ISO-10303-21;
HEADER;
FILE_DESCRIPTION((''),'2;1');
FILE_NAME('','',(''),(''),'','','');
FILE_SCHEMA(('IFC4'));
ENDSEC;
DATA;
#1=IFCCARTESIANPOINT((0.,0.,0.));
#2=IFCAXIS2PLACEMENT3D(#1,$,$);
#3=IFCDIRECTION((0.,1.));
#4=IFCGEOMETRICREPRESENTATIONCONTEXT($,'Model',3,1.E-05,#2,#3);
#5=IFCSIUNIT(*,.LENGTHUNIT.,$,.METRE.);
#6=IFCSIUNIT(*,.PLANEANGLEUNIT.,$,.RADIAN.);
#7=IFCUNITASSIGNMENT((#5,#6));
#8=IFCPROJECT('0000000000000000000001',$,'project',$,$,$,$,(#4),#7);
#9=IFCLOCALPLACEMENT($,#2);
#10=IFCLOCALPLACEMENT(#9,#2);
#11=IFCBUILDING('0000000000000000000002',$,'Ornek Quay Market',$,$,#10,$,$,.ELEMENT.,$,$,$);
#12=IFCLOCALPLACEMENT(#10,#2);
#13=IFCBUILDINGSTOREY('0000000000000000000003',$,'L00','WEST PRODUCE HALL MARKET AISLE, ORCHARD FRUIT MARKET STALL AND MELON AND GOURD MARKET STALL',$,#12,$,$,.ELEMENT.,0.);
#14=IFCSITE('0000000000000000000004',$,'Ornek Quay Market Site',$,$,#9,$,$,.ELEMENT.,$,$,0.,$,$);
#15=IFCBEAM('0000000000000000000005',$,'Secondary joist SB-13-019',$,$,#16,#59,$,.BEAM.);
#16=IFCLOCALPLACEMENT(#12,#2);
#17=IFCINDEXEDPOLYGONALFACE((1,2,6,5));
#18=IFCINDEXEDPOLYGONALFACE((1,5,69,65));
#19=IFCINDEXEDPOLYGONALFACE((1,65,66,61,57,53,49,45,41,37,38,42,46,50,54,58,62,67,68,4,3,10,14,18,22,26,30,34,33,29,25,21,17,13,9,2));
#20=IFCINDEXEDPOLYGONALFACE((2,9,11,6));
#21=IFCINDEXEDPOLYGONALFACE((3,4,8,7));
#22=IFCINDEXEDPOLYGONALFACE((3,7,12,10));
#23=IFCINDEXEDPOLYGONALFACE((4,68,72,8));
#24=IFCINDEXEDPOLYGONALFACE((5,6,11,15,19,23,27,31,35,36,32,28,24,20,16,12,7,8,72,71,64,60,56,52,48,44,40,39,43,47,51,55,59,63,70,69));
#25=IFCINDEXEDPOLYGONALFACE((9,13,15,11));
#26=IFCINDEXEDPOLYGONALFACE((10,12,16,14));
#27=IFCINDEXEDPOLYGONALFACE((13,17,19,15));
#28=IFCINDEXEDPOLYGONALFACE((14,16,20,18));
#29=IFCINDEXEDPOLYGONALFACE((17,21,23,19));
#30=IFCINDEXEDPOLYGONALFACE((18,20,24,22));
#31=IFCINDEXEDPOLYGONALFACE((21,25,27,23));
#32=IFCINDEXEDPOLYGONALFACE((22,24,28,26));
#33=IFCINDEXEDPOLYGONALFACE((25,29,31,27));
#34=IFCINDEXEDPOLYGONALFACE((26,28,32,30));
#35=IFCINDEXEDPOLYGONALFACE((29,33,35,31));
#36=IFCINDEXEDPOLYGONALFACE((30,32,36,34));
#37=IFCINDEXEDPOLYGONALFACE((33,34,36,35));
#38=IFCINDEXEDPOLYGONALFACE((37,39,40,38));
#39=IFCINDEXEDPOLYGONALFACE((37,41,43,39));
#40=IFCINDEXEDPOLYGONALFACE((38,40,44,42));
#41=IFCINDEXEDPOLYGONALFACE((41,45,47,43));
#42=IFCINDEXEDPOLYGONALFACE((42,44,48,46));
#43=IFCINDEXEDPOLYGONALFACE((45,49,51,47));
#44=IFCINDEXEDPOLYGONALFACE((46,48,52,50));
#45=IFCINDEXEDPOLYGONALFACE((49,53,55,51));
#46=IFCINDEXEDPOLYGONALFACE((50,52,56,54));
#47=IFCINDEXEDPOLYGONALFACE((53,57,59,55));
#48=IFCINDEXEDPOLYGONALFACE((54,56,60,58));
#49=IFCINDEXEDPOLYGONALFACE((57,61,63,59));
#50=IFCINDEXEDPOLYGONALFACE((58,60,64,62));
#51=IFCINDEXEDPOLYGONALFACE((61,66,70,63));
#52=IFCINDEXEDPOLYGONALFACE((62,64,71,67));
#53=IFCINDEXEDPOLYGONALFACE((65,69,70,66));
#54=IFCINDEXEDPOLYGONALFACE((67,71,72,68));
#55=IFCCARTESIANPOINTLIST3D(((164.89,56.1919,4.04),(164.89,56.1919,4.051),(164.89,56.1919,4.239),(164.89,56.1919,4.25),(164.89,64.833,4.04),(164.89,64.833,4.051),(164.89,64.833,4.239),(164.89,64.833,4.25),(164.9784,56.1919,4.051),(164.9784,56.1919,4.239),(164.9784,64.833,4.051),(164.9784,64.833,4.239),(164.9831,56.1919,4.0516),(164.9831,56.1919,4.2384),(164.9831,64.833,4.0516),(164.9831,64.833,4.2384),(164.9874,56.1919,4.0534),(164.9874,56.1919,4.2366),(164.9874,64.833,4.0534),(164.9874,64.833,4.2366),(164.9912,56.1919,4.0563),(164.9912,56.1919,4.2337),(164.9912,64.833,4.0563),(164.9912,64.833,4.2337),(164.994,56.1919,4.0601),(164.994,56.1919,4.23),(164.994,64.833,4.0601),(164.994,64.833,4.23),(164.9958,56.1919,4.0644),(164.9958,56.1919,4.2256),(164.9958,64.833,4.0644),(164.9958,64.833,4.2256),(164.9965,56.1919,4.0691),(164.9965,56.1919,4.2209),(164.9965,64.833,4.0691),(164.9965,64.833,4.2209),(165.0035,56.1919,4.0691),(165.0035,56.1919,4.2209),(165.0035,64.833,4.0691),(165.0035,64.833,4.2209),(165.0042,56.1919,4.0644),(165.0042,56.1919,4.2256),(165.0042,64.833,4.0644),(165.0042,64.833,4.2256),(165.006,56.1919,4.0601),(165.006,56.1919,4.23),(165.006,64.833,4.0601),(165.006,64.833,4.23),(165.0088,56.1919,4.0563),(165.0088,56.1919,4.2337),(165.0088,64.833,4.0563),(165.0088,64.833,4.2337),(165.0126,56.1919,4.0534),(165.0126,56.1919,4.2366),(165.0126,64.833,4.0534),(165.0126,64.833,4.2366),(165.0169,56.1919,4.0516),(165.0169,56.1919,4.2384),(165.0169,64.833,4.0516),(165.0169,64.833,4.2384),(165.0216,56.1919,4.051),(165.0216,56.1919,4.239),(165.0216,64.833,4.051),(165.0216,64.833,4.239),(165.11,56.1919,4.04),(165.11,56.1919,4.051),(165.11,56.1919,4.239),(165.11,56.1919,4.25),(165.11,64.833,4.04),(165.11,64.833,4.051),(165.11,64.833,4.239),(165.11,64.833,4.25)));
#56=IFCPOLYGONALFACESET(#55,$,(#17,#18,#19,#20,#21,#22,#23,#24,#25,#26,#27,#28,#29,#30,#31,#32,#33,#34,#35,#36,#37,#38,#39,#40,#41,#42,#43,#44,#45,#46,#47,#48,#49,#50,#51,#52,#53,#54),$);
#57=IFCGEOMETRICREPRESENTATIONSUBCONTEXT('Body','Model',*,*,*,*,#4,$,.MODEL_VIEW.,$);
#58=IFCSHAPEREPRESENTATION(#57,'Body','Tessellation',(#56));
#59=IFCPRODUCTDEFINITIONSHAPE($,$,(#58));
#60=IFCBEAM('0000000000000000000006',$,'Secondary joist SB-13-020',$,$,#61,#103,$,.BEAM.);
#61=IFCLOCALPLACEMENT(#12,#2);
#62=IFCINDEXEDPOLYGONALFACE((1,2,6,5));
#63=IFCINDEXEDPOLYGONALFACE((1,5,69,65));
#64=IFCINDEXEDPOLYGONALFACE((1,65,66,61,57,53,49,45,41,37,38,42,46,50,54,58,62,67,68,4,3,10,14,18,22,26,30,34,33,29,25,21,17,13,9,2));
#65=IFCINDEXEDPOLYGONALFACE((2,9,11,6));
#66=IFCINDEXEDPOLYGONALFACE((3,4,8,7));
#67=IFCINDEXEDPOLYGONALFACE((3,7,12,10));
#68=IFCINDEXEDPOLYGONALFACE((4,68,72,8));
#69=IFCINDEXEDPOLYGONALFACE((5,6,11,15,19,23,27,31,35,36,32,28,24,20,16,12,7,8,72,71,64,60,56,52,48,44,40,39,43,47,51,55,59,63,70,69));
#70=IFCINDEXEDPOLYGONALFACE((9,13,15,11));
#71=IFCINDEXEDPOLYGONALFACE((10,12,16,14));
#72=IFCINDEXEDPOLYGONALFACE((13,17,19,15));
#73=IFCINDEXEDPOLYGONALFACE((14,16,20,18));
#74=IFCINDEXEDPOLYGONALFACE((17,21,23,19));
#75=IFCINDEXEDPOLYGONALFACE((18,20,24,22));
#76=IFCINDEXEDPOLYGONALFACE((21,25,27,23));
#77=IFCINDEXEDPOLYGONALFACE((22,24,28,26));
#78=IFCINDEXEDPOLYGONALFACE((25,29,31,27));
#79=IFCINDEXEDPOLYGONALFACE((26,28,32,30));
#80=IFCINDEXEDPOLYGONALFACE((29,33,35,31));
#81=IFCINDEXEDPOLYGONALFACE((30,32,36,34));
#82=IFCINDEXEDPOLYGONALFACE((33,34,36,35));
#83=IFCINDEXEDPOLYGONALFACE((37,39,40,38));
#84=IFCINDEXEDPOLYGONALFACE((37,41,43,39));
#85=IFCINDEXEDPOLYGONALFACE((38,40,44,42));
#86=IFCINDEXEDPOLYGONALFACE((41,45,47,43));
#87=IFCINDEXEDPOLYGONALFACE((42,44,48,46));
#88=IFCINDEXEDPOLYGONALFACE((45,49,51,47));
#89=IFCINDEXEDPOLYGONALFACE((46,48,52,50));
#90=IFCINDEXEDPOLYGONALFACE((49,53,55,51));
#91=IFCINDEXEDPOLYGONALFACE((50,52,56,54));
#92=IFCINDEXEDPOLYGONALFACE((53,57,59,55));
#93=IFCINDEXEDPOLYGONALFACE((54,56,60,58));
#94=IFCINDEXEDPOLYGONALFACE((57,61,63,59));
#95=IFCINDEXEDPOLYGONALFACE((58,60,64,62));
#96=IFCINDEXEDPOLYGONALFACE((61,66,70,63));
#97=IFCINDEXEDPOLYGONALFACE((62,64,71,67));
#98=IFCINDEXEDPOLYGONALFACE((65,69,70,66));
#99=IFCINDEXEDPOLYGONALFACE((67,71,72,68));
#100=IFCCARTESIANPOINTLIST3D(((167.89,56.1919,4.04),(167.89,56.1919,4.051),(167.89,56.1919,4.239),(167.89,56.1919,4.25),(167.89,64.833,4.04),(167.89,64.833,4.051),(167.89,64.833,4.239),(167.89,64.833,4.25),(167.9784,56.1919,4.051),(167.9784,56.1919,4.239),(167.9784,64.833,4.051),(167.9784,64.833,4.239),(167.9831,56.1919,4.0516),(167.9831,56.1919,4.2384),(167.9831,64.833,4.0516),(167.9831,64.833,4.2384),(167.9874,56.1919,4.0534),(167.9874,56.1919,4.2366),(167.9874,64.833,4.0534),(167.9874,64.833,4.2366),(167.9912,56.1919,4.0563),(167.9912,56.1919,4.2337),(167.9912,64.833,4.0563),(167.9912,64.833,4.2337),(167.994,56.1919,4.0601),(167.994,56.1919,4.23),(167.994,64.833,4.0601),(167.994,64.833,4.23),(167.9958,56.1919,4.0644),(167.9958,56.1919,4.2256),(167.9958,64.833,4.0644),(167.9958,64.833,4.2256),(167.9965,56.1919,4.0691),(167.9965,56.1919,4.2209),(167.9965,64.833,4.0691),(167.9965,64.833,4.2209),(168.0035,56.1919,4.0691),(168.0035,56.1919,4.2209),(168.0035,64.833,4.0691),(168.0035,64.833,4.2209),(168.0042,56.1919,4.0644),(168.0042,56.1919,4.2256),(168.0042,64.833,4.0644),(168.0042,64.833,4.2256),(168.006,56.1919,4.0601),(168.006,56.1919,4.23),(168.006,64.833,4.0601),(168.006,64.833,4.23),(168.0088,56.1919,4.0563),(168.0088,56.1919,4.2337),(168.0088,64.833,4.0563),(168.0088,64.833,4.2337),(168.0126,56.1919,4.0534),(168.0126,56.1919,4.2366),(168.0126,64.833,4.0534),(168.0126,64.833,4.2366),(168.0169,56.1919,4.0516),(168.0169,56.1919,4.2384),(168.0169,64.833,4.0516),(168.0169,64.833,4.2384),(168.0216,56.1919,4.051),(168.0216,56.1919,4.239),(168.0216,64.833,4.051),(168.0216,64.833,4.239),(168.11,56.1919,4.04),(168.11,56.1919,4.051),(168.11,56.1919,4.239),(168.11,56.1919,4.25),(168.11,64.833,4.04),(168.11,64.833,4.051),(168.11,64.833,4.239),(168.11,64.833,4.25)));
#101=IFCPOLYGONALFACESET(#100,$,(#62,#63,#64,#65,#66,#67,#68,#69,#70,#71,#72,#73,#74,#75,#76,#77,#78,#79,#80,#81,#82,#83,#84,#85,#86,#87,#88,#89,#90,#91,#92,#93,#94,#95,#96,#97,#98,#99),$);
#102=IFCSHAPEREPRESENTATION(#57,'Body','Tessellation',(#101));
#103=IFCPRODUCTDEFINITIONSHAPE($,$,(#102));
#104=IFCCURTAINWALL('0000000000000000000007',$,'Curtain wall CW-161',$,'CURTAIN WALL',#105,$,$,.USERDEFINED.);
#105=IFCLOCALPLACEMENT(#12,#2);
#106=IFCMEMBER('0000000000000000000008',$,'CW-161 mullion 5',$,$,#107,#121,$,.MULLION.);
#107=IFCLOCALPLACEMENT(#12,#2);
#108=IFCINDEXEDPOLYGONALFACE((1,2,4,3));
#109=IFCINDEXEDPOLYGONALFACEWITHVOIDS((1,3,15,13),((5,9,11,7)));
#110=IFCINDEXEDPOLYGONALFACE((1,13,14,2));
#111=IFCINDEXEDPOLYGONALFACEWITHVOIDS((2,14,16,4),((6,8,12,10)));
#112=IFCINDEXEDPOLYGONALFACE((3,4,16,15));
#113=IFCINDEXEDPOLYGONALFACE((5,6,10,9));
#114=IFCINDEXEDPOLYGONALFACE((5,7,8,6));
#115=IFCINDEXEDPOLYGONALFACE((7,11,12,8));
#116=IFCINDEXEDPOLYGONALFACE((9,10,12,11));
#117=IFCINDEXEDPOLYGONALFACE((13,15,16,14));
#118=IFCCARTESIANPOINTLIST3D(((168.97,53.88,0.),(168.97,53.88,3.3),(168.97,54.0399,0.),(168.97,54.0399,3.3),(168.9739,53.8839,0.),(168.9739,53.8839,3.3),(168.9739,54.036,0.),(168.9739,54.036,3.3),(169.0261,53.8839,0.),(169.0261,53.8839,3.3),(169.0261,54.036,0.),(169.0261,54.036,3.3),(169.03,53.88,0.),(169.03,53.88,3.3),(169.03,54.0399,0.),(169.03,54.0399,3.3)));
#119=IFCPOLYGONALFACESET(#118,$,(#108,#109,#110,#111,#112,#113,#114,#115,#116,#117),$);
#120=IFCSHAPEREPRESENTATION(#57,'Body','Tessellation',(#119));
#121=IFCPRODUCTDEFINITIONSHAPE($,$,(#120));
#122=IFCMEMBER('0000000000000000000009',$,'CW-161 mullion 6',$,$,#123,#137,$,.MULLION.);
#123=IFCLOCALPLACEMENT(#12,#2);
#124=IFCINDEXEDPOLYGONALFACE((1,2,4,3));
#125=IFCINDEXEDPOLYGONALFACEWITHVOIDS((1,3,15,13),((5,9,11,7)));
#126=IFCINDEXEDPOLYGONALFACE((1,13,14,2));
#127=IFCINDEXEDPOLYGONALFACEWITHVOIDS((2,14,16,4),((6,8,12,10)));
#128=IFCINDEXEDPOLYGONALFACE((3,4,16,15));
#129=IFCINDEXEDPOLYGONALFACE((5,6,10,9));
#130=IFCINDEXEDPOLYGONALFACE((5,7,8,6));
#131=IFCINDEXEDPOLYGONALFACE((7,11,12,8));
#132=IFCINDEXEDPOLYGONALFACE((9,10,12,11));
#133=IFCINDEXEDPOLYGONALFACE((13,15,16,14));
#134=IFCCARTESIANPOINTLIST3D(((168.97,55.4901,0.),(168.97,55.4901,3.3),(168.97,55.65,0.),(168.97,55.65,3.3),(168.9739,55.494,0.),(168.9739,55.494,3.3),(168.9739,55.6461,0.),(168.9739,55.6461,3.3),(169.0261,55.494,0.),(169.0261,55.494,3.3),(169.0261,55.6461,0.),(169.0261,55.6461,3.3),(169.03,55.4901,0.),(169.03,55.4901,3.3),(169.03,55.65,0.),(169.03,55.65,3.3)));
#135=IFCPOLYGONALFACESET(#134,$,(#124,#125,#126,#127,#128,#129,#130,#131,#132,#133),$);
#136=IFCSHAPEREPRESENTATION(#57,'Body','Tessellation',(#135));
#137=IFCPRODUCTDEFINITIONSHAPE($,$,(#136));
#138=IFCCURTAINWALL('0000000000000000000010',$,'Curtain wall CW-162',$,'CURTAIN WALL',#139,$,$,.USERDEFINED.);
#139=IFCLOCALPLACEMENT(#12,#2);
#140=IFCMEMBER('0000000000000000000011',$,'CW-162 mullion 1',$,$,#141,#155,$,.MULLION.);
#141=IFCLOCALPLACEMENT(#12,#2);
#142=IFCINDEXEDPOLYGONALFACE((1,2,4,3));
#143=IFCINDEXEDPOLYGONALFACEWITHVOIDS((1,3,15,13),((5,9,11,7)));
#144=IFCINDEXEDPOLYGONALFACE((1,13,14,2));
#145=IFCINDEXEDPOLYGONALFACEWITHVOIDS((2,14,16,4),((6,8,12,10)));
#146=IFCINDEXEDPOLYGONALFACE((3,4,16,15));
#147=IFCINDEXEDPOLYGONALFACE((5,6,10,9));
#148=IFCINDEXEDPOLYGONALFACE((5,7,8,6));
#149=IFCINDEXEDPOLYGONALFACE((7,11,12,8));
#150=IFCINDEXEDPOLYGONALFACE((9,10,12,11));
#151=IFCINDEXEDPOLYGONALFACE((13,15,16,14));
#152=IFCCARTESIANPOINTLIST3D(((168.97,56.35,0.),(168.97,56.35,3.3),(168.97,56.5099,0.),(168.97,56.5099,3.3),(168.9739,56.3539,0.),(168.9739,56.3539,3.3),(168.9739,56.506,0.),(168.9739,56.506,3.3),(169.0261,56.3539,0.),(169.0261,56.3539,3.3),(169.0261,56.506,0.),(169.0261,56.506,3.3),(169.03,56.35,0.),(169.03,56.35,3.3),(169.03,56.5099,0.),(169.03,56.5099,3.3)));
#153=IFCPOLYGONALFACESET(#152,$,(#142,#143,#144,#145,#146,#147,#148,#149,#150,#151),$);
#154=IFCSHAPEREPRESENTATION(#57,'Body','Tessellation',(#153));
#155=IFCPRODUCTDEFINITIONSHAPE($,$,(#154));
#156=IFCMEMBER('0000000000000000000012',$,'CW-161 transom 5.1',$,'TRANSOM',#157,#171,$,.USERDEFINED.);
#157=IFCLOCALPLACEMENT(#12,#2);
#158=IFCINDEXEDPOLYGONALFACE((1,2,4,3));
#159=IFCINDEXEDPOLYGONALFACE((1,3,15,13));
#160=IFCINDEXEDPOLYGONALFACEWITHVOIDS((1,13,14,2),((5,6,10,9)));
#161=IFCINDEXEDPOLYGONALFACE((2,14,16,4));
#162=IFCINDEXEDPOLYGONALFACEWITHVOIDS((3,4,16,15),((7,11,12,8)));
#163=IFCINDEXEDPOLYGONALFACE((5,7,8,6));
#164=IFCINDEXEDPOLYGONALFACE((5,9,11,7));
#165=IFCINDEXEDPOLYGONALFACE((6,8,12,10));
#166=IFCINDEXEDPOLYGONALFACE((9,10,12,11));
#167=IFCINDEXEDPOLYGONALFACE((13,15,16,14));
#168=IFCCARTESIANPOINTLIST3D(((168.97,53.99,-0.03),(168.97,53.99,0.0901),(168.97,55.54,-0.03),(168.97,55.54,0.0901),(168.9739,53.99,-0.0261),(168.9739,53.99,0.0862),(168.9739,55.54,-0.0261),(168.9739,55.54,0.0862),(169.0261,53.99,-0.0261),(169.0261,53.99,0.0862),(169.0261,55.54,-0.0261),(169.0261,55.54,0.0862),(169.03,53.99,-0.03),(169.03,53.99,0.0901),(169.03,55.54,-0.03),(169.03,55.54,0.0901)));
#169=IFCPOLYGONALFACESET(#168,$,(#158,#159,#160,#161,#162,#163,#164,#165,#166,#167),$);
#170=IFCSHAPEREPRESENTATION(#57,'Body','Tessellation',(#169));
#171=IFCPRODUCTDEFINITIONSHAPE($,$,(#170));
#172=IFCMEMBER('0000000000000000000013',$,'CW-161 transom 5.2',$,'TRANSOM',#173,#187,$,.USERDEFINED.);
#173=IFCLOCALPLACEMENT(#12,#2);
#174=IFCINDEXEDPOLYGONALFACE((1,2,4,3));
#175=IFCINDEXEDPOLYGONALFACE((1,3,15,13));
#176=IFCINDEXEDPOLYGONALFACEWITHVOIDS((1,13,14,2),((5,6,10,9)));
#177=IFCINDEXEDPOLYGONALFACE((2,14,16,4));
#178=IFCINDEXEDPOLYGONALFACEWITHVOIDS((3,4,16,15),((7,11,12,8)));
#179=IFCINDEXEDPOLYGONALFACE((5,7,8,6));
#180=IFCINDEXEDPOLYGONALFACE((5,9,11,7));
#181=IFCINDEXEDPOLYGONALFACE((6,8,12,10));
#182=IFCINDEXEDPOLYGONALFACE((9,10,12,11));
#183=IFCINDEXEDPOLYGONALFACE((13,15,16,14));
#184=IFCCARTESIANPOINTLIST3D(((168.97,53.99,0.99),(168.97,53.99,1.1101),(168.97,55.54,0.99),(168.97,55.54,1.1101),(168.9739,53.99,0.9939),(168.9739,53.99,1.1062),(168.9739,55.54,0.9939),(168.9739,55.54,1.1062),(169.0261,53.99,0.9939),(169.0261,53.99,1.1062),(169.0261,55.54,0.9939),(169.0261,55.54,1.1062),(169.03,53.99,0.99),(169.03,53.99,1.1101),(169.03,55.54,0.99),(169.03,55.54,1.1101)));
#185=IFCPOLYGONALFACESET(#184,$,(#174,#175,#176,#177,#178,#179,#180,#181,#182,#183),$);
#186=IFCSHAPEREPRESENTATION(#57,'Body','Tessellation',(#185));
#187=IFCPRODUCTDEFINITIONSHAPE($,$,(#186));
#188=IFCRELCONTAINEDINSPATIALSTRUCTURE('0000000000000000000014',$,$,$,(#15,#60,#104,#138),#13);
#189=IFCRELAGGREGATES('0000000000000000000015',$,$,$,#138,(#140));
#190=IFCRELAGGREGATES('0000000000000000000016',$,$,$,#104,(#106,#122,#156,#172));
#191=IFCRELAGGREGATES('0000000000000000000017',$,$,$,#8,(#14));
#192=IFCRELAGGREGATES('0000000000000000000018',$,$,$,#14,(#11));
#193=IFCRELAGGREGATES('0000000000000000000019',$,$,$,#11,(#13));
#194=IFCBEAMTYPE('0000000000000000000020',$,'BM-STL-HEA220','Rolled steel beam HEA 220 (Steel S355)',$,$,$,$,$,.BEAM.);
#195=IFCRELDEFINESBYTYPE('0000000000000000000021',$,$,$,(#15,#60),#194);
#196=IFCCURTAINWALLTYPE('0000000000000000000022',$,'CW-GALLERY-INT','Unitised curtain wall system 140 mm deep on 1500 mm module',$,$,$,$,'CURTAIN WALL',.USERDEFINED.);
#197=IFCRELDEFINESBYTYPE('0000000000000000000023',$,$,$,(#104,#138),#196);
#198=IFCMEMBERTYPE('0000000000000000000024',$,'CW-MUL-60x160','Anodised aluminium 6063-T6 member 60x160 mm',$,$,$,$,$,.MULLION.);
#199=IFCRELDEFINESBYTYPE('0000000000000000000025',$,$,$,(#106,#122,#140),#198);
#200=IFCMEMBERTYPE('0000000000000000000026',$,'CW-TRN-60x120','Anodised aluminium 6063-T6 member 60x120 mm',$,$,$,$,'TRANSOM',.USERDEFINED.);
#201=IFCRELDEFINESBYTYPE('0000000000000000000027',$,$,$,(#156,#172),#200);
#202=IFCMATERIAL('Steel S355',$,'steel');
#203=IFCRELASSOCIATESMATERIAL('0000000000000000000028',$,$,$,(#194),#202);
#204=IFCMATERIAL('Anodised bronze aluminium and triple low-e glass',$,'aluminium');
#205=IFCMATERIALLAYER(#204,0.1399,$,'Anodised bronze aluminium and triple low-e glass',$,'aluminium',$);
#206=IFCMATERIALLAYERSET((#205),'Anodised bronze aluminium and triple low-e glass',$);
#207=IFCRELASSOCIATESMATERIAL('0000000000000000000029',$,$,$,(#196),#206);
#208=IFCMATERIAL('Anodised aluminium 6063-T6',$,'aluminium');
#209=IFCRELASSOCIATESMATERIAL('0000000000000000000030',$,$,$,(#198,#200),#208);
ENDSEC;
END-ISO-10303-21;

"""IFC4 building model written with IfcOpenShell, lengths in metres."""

from ifc_helpers import new_model, si_unit, direction, frame, origin, origin_2d, place, context, subcontext, project, spatial, hollow_rectangle, i_section, extrude, material, layer, layer_set, material_profile, profile_set, type_object, element, aggregate, save


model = new_model("IFC4")

# Units and contexts
model_context = context("Model", 3, precision=1e-05, world=origin(), true_north=direction((0.0, 1.0)))
body_context = subcontext(model_context, "Body", "Model", "MODEL_VIEW")
ifc_project = project(units=[si_unit("LENGTHUNIT", "METRE"), si_unit("PLANEANGLEUNIT", "RADIAN")], contexts=[model_context])

# Site, building, storey
site_placement = place(None, origin())
site = spatial("IfcSite", under=ifc_project, at=site_placement, Name="Ornek Quay Market Site", CompositionType="ELEMENT", RefElevation=0.0)
building_placement = place(site_placement, origin())
building = spatial("IfcBuilding", under=site, at=building_placement, Name="Ornek Quay Market", CompositionType="ELEMENT")
storey_placement = place(building_placement, origin())
storey = spatial("IfcBuildingStorey", under=building, at=storey_placement, Name="L00", Description="WEST PRODUCE HALL MARKET AISLE, ORCHARD FRUIT MARKET STALL AND MELON AND GOURD MARKET STALL", CompositionType="ELEMENT", Elevation=0.0)

# Beams
ifc_material_1 = material(Name="Steel S355", Category="steel")
ifc_material_profile_1 = material_profile(ifc_material_1, i_section(OverallWidth=0.22, OverallDepth=0.21, WebThickness=0.0071, FlangeThickness=0.011, FilletRadius=0.0181, at=origin_2d()), Name="HEA 220", Category="steel")
ifc_profile_set_1 = profile_set([ifc_material_profile_1], Name="Steel S355")
beam_type_1 = type_object("IfcBeamType", Name="BM-STL-HEA220", Description="Rolled steel beam HEA 220 (Steel S355)", PredefinedType="BEAM", material=ifc_profile_set_1)
for number, where, z_axis, x_axis, name in (
    (1, (165.0, 56.1919, 4.145), (0.0, 1.0, 0.0), (-1.0, 0.0, 0.0), "Secondary joist SB-13-019"),
    (2, (168.0, 56.1919, 4.145), (0.0, 1.0, 0.0), (-1.0, 0.0, 0.0), "Secondary joist SB-13-020"),
):
    element("IfcBeam", number, at=place(storey_placement, frame(where, z_axis=z_axis, x_axis=x_axis)), inside=storey, type_object=beam_type_1, Name=name, PredefinedType="BEAM", context=body_context, shape_type="SweptSolid", body=[
        extrude(i_section(OverallWidth=0.22, OverallDepth=0.21, WebThickness=0.0071, FlangeThickness=0.011, FilletRadius=0.0181, at=origin_2d()), origin(), (0.0, 0.0, 1.0), 8.6411),
    ])

# Curtain wall, members
ifc_material_2 = material(Name="Anodised bronze aluminium and triple low-e glass", Category="aluminium")
ifc_layer_1 = layer(ifc_material_2, 0.1399, Name="Anodised bronze aluminium and triple low-e glass", Category="aluminium")
ifc_layer_set_1 = layer_set([ifc_layer_1], Name="Anodised bronze aluminium and triple low-e glass")
curtain_wall_type = type_object("IfcCurtainWallType", Name="CW-GALLERY-INT", Description="Unitised curtain wall system 140 mm deep on 1500 mm module", ElementType="CURTAIN WALL", PredefinedType="USERDEFINED", material=ifc_layer_set_1)
curtain_wall_1_placement = place(storey_placement, origin())
curtain_wall_1 = element("IfcCurtainWall", 3, at=curtain_wall_1_placement, inside=storey, type_object=curtain_wall_type, Name="Curtain wall CW-161", ObjectType="CURTAIN WALL", PredefinedType="USERDEFINED")
ifc_material_3 = material(Name="Anodised aluminium 6063-T6", Category="aluminium")
ifc_material_profile_2 = material_profile(ifc_material_3, hollow_rectangle(XDim=0.0601, YDim=0.1599, WallThickness=0.0039, at=origin_2d()), Name="CW-MUL-60x160", Category="aluminium")
ifc_profile_set_2 = profile_set([ifc_material_profile_2], Name="Anodised aluminium 6063-T6")
member_type_1 = type_object("IfcMemberType", Name="CW-MUL-60x160", Description="Anodised aluminium 6063-T6 member 60x160 mm", PredefinedType="MULLION", material=ifc_profile_set_2)
member_1_placement = place(storey_placement, frame((169.0, 53.96, 0.0), z_axis=(0.0, 0.0, 1.0), x_axis=(-1.0, 0.0, 0.0)))
member_1 = element("IfcMember", 4, at=member_1_placement, type_object=member_type_1, Name="CW-161 mullion 5", PredefinedType="MULLION", context=body_context, shape_type="SweptSolid", body=[
    extrude(hollow_rectangle(XDim=0.0601, YDim=0.1599, WallThickness=0.0039, at=origin_2d()), origin(), (0.0, 0.0, 1.0), 3.3),
])
member_2_placement = place(storey_placement, frame((169.0, 55.5701, 0.0), z_axis=(0.0, 0.0, 1.0), x_axis=(-1.0, 0.0, 0.0)))
member_2 = element("IfcMember", 5, at=member_2_placement, type_object=member_type_1, Name="CW-161 mullion 6", PredefinedType="MULLION", context=body_context, shape_type="SweptSolid", body=[
    extrude(hollow_rectangle(XDim=0.0601, YDim=0.1599, WallThickness=0.0039, at=origin_2d()), origin(), (0.0, 0.0, 1.0), 3.3),
])

# Curtain wall, member
curtain_wall_2_placement = place(storey_placement, origin())
curtain_wall_2 = element("IfcCurtainWall", 6, at=curtain_wall_2_placement, inside=storey, type_object=curtain_wall_type, Name="Curtain wall CW-162", ObjectType="CURTAIN WALL", PredefinedType="USERDEFINED")
member_3_placement = place(storey_placement, frame((169.0, 56.4299, 0.0), z_axis=(0.0, 0.0, 1.0), x_axis=(-1.0, 0.0, 0.0)))
member_3 = element("IfcMember", 7, at=member_3_placement, type_object=member_type_1, Name="CW-162 mullion 1", PredefinedType="MULLION", context=body_context, shape_type="SweptSolid", body=[
    extrude(hollow_rectangle(XDim=0.0601, YDim=0.1599, WallThickness=0.0039, at=origin_2d()), origin(), (0.0, 0.0, 1.0), 3.3),
])

# Members
ifc_material_profile_3 = material_profile(ifc_material_3, hollow_rectangle(XDim=0.0601, YDim=0.1201, WallThickness=0.0039, at=origin_2d()), Name="CW-TRN-60x120", Category="aluminium")
ifc_profile_set_3 = profile_set([ifc_material_profile_3], Name="Anodised aluminium 6063-T6")
member_type_2 = type_object("IfcMemberType", Name="CW-TRN-60x120", Description="Anodised aluminium 6063-T6 member 60x120 mm", ElementType="TRANSOM", PredefinedType="USERDEFINED", material=ifc_profile_set_3)
member_4_placement = place(storey_placement, frame((169.0, 53.99, 0.03), z_axis=(0.0, 1.0, 0.0), x_axis=(-1.0, 0.0, 0.0)))
member_4 = element("IfcMember", 8, at=member_4_placement, type_object=member_type_2, Name="CW-161 transom 5.1", ObjectType="TRANSOM", PredefinedType="USERDEFINED", context=body_context, shape_type="SweptSolid", body=[
    extrude(hollow_rectangle(XDim=0.0601, YDim=0.1201, WallThickness=0.0039, at=origin_2d()), origin(), (0.0, 0.0, 1.0), 1.55),
])
member_5_placement = place(storey_placement, frame((169.0, 53.99, 1.05), z_axis=(0.0, 1.0, 0.0), x_axis=(-1.0, 0.0, 0.0)))
member_5 = element("IfcMember", 9, at=member_5_placement, type_object=member_type_2, Name="CW-161 transom 5.2", ObjectType="TRANSOM", PredefinedType="USERDEFINED", context=body_context, shape_type="SweptSolid", body=[
    extrude(hollow_rectangle(XDim=0.0601, YDim=0.1201, WallThickness=0.0039, at=origin_2d()), origin(), (0.0, 0.0, 1.0), 1.55),
])
aggregate(curtain_wall_2, [member_3])

aggregate(curtain_wall_1, [member_1, member_2, member_4, member_5])

save(model, "model.ifc")
